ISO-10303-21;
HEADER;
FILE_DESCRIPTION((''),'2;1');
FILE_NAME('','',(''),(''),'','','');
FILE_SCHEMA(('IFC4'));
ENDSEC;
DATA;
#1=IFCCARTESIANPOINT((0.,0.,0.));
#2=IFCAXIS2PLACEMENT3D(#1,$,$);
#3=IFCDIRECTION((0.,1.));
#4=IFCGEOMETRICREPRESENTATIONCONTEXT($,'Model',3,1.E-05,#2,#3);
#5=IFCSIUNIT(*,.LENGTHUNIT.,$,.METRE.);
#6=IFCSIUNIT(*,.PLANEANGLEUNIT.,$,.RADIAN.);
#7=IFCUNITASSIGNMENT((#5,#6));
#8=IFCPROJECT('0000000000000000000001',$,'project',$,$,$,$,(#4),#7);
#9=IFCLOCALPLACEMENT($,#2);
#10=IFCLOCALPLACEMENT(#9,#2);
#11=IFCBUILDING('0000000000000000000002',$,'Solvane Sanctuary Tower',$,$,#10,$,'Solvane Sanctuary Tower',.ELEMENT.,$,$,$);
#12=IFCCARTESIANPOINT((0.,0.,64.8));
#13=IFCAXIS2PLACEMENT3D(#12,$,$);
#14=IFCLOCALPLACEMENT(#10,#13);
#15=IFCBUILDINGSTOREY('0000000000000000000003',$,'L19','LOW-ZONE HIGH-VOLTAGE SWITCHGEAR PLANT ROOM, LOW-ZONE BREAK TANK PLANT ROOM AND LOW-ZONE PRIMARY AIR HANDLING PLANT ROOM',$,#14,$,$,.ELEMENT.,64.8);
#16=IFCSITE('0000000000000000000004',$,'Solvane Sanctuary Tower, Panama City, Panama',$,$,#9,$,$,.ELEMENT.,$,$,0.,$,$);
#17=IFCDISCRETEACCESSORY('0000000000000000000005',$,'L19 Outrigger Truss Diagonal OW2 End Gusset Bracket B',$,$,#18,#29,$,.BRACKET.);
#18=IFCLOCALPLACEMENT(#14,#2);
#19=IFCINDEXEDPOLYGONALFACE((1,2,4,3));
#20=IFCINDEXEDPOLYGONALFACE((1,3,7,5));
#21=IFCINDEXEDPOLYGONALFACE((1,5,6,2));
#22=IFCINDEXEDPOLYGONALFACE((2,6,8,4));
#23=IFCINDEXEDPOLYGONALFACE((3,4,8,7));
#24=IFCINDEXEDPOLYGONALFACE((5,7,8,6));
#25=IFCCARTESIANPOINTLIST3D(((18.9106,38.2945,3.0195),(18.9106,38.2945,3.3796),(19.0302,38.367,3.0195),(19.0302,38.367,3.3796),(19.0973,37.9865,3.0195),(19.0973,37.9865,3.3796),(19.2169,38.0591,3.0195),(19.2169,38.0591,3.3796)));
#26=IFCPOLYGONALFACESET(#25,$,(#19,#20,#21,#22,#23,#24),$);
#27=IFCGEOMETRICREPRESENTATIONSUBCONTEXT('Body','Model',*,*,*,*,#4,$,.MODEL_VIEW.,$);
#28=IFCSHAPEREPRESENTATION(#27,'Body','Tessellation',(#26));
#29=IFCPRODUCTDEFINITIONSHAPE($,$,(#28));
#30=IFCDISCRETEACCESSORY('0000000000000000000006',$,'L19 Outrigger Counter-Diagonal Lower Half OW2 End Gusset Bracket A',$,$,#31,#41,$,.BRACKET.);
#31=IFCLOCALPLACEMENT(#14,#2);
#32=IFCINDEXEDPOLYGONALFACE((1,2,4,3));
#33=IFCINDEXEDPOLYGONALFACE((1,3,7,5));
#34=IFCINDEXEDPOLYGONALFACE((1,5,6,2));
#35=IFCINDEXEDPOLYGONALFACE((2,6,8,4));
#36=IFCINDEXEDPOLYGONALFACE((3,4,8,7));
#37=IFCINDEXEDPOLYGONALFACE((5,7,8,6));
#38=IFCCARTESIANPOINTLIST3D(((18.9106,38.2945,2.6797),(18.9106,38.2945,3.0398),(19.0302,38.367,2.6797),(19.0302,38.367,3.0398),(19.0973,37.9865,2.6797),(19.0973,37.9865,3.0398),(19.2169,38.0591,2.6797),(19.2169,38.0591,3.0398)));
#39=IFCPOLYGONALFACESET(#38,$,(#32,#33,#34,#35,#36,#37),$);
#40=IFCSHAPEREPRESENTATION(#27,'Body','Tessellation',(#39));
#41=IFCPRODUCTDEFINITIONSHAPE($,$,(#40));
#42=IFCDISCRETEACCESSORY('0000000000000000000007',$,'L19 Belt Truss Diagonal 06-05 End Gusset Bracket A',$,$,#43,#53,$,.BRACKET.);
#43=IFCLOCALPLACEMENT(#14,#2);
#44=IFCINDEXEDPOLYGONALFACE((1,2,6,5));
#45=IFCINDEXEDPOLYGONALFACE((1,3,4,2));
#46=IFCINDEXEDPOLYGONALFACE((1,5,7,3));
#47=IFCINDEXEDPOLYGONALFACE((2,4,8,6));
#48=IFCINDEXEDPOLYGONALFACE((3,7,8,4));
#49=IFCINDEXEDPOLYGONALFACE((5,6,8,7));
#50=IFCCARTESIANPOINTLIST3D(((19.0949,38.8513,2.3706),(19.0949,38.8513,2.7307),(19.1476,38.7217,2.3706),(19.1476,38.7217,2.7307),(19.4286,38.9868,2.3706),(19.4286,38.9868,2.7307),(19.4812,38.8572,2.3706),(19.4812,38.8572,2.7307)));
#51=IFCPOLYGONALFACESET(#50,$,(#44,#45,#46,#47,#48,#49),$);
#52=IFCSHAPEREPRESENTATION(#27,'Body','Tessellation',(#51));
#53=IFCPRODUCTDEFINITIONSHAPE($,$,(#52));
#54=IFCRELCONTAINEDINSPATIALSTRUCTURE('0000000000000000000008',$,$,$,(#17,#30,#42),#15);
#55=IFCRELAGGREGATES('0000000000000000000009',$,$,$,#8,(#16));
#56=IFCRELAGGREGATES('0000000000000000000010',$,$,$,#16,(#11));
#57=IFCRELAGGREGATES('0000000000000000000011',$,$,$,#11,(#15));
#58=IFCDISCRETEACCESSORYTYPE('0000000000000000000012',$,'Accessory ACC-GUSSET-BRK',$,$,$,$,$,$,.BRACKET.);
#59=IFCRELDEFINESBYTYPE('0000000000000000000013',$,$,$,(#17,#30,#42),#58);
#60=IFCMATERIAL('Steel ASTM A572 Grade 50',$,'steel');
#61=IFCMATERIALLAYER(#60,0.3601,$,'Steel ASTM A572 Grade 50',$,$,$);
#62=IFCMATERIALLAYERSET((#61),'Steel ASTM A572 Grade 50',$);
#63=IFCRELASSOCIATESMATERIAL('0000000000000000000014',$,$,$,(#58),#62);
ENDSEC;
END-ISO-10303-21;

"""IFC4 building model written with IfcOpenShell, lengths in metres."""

from ifc_helpers import new_model, si_unit, direction, frame, origin, origin_2d, place, context, subcontext, project, spatial, rectangle, extrude, material, layer, layer_set, type_object, element, save


model = new_model("IFC4")

# Units and contexts
model_context = context("Model", 3, precision=1e-05, world=origin(), true_north=direction((0.0, 1.0)))
body_context = subcontext(model_context, "Body", "Model", "MODEL_VIEW")
ifc_project = project(units=[si_unit("LENGTHUNIT", "METRE"), si_unit("PLANEANGLEUNIT", "RADIAN")], contexts=[model_context])

# Site, building, storey
site_placement = place(None, origin())
site = spatial("IfcSite", under=ifc_project, at=site_placement, Name="Solvane Sanctuary Tower, Panama City, Panama", CompositionType="ELEMENT", RefElevation=0.0)
building_placement = place(site_placement, origin())
building = spatial("IfcBuilding", under=site, at=building_placement, Name="Solvane Sanctuary Tower", LongName="Solvane Sanctuary Tower", CompositionType="ELEMENT")
storey_placement = place(building_placement, frame((0.0, 0.0, 64.8)))
storey = spatial("IfcBuildingStorey", under=building, at=storey_placement, Name="L19", Description="LOW-ZONE HIGH-VOLTAGE SWITCHGEAR PLANT ROOM, LOW-ZONE BREAK TANK PLANT ROOM AND LOW-ZONE PRIMARY AIR HANDLING PLANT ROOM", CompositionType="ELEMENT", Elevation=64.8)

# Shared definitions
ifc_material_1 = material(Name="Steel ASTM A572 Grade 50", Category="steel")

# Discrete accessories
ifc_layer_1 = layer(ifc_material_1, 0.3601, Name="Steel ASTM A572 Grade 50")
ifc_layer_set_1 = layer_set([ifc_layer_1], Name="Steel ASTM A572 Grade 50")
discrete_accessory_type = type_object("IfcDiscreteAccessoryType", Name="Accessory ACC-GUSSET-BRK", PredefinedType="BRACKET", material=ifc_layer_set_1)
for number, where, z_axis, x_axis, name in (
    (1, (19.0637, 38.1768, 3.0195), (0.0, 0.0, 1.0), (-0.518475, 0.855093, 0.0), "L19 Outrigger Truss Diagonal OW2 End Gusset Bracket B"),
    (2, (19.0637, 38.1768, 2.6797), (0.0, 0.0, 1.0), (0.518475, -0.855093, 0.0), "L19 Outrigger Counter-Diagonal Lower Half OW2 End Gusset Bracket A"),
    (3, (19.2881, 38.8542, 2.3706), (0.0, 0.0, 1.0), (0.926463, 0.376386, 0.0), "L19 Belt Truss Diagonal 06-05 End Gusset Bracket A"),
):
    element("IfcDiscreteAccessory", number, at=place(storey_placement, frame(where, z_axis=z_axis, x_axis=x_axis)), inside=storey, type_object=discrete_accessory_type, Name=name, PredefinedType="BRACKET", context=body_context, shape_type="SweptSolid", body=[
        extrude(rectangle(XDim=0.3601, YDim=0.1399, at=origin_2d()), origin(), (0.0, 0.0, 1.0), 0.3601),
    ])

save(model, "model.ifc")
